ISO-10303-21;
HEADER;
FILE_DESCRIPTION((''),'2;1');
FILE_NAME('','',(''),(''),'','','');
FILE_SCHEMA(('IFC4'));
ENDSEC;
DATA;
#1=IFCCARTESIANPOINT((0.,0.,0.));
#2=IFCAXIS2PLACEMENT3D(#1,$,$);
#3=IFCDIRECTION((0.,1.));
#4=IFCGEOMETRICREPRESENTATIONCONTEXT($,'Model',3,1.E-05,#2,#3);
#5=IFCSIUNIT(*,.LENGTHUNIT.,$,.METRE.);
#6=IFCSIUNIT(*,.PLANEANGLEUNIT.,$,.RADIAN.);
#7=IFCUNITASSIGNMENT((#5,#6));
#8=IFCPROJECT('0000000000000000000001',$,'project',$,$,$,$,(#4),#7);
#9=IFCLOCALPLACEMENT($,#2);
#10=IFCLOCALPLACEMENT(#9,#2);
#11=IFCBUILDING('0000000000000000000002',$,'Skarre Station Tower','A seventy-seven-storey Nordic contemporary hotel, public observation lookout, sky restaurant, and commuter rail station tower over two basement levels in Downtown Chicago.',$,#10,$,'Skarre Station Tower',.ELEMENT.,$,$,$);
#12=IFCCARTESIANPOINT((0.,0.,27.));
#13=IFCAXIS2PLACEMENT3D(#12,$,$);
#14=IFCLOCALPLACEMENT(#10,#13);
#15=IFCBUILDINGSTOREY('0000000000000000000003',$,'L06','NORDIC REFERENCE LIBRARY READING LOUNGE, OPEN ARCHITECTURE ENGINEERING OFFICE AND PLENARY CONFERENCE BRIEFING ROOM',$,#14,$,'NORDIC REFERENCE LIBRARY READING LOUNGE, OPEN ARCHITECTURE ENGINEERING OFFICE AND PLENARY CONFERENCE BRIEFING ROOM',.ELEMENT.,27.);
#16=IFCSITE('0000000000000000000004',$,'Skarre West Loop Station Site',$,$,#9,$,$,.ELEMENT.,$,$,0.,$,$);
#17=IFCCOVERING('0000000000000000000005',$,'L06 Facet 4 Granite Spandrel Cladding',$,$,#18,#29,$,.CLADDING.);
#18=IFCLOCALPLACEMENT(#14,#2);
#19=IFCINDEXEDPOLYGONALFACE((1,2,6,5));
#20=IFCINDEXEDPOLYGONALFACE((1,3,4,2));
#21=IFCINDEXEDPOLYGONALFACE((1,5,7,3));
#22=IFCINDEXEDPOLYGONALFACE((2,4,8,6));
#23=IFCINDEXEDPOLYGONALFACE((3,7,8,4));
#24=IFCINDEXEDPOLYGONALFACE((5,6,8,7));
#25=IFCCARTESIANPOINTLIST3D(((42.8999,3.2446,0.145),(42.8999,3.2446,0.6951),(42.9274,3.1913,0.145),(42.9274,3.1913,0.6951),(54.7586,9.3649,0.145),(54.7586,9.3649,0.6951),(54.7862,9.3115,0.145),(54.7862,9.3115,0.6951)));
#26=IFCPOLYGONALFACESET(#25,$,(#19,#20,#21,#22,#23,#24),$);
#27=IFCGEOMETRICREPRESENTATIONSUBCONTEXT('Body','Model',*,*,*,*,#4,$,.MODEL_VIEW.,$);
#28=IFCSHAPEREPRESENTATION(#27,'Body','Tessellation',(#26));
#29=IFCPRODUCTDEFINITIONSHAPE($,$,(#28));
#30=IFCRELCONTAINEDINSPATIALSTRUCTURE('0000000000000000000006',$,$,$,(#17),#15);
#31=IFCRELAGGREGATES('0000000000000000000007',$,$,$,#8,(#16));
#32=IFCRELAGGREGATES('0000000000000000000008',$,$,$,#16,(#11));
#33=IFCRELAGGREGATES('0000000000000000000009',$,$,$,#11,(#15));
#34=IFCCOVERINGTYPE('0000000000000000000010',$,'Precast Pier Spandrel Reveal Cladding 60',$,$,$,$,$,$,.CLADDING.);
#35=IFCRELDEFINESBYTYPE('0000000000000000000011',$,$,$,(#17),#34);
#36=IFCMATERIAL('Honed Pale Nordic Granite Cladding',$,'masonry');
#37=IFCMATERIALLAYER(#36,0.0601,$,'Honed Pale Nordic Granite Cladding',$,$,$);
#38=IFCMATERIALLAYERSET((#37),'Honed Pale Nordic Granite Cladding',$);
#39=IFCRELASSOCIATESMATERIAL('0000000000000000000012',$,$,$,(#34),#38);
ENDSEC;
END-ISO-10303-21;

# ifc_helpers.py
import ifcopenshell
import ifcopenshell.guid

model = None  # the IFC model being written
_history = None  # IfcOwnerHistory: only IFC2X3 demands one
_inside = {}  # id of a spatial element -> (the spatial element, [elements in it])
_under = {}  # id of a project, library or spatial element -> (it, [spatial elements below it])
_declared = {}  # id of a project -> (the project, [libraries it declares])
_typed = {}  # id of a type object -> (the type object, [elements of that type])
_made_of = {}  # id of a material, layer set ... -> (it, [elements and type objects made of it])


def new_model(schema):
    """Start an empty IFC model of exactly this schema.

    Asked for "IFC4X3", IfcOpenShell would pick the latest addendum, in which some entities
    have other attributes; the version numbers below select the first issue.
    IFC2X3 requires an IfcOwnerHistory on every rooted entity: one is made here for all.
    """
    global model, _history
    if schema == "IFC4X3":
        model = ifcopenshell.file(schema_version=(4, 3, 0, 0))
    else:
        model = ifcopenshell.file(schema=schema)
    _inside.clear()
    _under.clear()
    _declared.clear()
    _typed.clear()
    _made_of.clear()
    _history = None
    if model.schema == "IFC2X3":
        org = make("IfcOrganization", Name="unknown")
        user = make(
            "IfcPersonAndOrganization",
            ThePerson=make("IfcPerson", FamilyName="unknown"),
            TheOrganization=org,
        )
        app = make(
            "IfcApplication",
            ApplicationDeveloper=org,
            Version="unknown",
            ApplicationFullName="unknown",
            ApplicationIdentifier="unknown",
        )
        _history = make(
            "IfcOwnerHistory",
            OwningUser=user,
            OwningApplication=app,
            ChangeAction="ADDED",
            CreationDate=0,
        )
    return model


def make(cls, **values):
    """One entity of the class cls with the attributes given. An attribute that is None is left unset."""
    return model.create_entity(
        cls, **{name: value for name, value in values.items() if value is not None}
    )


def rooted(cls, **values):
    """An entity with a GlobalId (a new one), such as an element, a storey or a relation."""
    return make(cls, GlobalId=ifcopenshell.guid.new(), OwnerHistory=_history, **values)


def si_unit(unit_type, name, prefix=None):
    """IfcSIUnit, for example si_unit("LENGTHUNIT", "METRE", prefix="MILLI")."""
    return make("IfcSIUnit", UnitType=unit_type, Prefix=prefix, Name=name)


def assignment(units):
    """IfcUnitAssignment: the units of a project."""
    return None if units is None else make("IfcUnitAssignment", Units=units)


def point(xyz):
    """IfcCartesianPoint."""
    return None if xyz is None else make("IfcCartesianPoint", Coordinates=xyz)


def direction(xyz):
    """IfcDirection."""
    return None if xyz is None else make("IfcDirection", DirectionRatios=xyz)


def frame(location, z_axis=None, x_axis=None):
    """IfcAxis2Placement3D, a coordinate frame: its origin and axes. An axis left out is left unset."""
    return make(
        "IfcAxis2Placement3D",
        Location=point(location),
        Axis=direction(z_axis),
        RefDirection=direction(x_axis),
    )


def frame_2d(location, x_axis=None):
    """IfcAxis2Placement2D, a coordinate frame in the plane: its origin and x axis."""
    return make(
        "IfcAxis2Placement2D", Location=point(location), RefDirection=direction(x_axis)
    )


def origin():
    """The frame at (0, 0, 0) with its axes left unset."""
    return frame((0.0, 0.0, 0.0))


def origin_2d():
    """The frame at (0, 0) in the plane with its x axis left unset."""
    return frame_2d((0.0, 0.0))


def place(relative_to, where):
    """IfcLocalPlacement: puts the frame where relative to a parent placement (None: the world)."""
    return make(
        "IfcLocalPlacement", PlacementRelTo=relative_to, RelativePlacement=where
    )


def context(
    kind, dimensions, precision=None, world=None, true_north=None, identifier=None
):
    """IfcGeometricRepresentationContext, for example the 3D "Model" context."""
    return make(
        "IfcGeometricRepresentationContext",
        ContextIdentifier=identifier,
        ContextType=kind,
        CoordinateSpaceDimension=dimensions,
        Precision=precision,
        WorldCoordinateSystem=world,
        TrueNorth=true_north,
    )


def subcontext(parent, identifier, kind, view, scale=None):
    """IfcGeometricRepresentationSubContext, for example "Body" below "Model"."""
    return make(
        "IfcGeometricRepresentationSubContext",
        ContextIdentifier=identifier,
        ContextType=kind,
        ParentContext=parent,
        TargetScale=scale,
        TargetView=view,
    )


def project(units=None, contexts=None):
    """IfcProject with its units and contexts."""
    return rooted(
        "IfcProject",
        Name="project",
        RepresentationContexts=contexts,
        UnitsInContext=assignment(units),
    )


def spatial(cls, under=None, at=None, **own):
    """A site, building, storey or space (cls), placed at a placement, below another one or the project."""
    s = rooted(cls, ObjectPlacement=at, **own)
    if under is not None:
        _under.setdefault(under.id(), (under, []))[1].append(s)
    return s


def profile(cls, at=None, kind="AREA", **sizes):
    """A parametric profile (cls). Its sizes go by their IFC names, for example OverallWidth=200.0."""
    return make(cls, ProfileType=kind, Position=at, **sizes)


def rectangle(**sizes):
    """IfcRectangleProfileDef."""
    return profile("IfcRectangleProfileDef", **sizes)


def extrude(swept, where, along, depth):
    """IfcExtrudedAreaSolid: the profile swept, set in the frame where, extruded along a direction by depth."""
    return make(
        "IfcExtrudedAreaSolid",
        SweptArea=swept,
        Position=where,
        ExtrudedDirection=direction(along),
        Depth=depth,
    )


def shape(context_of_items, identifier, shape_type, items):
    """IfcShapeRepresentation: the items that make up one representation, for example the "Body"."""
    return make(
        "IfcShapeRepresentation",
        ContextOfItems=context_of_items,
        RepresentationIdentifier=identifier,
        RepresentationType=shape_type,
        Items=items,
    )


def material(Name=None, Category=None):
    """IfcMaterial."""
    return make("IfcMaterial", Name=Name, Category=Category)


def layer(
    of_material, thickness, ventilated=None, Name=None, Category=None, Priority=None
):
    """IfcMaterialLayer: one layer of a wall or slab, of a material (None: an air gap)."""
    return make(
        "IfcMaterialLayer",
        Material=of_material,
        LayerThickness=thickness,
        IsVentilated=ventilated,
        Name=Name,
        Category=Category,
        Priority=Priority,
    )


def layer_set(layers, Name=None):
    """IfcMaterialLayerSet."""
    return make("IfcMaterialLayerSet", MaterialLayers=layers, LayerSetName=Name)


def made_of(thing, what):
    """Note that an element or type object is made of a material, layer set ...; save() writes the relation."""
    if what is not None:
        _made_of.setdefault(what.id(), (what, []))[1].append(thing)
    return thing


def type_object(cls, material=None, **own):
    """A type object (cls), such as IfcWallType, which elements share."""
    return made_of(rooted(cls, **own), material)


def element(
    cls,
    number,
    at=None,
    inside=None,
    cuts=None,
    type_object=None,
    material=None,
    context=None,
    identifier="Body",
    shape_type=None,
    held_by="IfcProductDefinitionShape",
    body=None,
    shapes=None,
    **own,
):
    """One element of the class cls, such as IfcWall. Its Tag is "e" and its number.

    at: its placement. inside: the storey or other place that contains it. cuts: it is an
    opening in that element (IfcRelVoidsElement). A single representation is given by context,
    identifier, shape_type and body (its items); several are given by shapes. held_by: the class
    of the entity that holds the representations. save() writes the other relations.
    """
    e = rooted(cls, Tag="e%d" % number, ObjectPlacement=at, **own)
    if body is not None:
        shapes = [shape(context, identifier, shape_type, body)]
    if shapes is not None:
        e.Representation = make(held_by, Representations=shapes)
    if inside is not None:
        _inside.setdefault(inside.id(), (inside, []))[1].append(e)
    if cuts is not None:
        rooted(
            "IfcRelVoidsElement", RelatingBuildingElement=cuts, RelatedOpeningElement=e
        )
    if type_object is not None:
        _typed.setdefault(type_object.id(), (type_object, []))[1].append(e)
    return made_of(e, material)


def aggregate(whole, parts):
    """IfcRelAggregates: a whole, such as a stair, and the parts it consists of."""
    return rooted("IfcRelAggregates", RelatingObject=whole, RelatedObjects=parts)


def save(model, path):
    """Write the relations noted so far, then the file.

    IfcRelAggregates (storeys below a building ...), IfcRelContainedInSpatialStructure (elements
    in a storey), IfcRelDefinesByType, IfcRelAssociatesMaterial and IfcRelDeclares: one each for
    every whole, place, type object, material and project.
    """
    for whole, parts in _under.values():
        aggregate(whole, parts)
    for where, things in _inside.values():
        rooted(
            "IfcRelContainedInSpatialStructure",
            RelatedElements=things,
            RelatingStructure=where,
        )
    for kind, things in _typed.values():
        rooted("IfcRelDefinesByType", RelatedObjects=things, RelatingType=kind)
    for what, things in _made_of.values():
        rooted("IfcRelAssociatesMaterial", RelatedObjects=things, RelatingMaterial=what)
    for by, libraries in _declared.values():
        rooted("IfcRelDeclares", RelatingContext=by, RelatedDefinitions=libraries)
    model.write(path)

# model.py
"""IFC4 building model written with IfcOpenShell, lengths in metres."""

from ifc_helpers import new_model, si_unit, direction, frame, origin, origin_2d, place, context, subcontext, project, spatial, rectangle, extrude, material, layer, layer_set, type_object, element, save


model = new_model("IFC4")

# Units and contexts
model_context = context("Model", 3, precision=1e-05, world=origin(), true_north=direction((0.0, 1.0)))
body_context = subcontext(model_context, "Body", "Model", "MODEL_VIEW")
ifc_project = project(units=[si_unit("LENGTHUNIT", "METRE"), si_unit("PLANEANGLEUNIT", "RADIAN")], contexts=[model_context])

# Site, building, storey
site_placement = place(None, origin())
site = spatial("IfcSite", under=ifc_project, at=site_placement, Name="Skarre West Loop Station Site", CompositionType="ELEMENT", RefElevation=0.0)
building_placement = place(site_placement, origin())
building = spatial("IfcBuilding", under=site, at=building_placement, Name="Skarre Station Tower", Description="A seventy-seven-storey Nordic contemporary hotel, public observation lookout, sky restaurant, and commuter rail station tower over two basement levels in Downtown Chicago.", LongName="Skarre Station Tower", CompositionType="ELEMENT")
storey_placement = place(building_placement, frame((0.0, 0.0, 27.0)))
storey = spatial("IfcBuildingStorey", under=building, at=storey_placement, Name="L06", Description="NORDIC REFERENCE LIBRARY READING LOUNGE, OPEN ARCHITECTURE ENGINEERING OFFICE AND PLENARY CONFERENCE BRIEFING ROOM", LongName="NORDIC REFERENCE LIBRARY READING LOUNGE, OPEN ARCHITECTURE ENGINEERING OFFICE AND PLENARY CONFERENCE BRIEFING ROOM", CompositionType="ELEMENT", Elevation=27.0)

# Covering
ifc_material_1 = material(Name="Honed Pale Nordic Granite Cladding", Category="masonry")
ifc_layer_1 = layer(ifc_material_1, 0.0601, Name="Honed Pale Nordic Granite Cladding")
ifc_layer_set_1 = layer_set([ifc_layer_1], Name="Honed Pale Nordic Granite Cladding")
covering_type = type_object("IfcCoveringType", Name="Precast Pier Spandrel Reveal Cladding 60", PredefinedType="CLADDING", material=ifc_layer_set_1)
covering_placement = place(storey_placement, frame((48.843, 6.2781, 0.145), z_axis=(0.0, 0.0, 1.0), x_axis=(0.888633, 0.458619, 0.0)))
element("IfcCovering", 1, at=covering_placement, inside=storey, type_object=covering_type, Name="L06 Facet 4 Granite Spandrel Cladding", PredefinedType="CLADDING", context=body_context, shape_type="SweptSolid", body=[
    extrude(rectangle(XDim=13.345, YDim=0.0601, at=origin_2d()), origin(), (0.0, 0.0, 1.0), 0.55),
])

save(model, "model.ifc")
